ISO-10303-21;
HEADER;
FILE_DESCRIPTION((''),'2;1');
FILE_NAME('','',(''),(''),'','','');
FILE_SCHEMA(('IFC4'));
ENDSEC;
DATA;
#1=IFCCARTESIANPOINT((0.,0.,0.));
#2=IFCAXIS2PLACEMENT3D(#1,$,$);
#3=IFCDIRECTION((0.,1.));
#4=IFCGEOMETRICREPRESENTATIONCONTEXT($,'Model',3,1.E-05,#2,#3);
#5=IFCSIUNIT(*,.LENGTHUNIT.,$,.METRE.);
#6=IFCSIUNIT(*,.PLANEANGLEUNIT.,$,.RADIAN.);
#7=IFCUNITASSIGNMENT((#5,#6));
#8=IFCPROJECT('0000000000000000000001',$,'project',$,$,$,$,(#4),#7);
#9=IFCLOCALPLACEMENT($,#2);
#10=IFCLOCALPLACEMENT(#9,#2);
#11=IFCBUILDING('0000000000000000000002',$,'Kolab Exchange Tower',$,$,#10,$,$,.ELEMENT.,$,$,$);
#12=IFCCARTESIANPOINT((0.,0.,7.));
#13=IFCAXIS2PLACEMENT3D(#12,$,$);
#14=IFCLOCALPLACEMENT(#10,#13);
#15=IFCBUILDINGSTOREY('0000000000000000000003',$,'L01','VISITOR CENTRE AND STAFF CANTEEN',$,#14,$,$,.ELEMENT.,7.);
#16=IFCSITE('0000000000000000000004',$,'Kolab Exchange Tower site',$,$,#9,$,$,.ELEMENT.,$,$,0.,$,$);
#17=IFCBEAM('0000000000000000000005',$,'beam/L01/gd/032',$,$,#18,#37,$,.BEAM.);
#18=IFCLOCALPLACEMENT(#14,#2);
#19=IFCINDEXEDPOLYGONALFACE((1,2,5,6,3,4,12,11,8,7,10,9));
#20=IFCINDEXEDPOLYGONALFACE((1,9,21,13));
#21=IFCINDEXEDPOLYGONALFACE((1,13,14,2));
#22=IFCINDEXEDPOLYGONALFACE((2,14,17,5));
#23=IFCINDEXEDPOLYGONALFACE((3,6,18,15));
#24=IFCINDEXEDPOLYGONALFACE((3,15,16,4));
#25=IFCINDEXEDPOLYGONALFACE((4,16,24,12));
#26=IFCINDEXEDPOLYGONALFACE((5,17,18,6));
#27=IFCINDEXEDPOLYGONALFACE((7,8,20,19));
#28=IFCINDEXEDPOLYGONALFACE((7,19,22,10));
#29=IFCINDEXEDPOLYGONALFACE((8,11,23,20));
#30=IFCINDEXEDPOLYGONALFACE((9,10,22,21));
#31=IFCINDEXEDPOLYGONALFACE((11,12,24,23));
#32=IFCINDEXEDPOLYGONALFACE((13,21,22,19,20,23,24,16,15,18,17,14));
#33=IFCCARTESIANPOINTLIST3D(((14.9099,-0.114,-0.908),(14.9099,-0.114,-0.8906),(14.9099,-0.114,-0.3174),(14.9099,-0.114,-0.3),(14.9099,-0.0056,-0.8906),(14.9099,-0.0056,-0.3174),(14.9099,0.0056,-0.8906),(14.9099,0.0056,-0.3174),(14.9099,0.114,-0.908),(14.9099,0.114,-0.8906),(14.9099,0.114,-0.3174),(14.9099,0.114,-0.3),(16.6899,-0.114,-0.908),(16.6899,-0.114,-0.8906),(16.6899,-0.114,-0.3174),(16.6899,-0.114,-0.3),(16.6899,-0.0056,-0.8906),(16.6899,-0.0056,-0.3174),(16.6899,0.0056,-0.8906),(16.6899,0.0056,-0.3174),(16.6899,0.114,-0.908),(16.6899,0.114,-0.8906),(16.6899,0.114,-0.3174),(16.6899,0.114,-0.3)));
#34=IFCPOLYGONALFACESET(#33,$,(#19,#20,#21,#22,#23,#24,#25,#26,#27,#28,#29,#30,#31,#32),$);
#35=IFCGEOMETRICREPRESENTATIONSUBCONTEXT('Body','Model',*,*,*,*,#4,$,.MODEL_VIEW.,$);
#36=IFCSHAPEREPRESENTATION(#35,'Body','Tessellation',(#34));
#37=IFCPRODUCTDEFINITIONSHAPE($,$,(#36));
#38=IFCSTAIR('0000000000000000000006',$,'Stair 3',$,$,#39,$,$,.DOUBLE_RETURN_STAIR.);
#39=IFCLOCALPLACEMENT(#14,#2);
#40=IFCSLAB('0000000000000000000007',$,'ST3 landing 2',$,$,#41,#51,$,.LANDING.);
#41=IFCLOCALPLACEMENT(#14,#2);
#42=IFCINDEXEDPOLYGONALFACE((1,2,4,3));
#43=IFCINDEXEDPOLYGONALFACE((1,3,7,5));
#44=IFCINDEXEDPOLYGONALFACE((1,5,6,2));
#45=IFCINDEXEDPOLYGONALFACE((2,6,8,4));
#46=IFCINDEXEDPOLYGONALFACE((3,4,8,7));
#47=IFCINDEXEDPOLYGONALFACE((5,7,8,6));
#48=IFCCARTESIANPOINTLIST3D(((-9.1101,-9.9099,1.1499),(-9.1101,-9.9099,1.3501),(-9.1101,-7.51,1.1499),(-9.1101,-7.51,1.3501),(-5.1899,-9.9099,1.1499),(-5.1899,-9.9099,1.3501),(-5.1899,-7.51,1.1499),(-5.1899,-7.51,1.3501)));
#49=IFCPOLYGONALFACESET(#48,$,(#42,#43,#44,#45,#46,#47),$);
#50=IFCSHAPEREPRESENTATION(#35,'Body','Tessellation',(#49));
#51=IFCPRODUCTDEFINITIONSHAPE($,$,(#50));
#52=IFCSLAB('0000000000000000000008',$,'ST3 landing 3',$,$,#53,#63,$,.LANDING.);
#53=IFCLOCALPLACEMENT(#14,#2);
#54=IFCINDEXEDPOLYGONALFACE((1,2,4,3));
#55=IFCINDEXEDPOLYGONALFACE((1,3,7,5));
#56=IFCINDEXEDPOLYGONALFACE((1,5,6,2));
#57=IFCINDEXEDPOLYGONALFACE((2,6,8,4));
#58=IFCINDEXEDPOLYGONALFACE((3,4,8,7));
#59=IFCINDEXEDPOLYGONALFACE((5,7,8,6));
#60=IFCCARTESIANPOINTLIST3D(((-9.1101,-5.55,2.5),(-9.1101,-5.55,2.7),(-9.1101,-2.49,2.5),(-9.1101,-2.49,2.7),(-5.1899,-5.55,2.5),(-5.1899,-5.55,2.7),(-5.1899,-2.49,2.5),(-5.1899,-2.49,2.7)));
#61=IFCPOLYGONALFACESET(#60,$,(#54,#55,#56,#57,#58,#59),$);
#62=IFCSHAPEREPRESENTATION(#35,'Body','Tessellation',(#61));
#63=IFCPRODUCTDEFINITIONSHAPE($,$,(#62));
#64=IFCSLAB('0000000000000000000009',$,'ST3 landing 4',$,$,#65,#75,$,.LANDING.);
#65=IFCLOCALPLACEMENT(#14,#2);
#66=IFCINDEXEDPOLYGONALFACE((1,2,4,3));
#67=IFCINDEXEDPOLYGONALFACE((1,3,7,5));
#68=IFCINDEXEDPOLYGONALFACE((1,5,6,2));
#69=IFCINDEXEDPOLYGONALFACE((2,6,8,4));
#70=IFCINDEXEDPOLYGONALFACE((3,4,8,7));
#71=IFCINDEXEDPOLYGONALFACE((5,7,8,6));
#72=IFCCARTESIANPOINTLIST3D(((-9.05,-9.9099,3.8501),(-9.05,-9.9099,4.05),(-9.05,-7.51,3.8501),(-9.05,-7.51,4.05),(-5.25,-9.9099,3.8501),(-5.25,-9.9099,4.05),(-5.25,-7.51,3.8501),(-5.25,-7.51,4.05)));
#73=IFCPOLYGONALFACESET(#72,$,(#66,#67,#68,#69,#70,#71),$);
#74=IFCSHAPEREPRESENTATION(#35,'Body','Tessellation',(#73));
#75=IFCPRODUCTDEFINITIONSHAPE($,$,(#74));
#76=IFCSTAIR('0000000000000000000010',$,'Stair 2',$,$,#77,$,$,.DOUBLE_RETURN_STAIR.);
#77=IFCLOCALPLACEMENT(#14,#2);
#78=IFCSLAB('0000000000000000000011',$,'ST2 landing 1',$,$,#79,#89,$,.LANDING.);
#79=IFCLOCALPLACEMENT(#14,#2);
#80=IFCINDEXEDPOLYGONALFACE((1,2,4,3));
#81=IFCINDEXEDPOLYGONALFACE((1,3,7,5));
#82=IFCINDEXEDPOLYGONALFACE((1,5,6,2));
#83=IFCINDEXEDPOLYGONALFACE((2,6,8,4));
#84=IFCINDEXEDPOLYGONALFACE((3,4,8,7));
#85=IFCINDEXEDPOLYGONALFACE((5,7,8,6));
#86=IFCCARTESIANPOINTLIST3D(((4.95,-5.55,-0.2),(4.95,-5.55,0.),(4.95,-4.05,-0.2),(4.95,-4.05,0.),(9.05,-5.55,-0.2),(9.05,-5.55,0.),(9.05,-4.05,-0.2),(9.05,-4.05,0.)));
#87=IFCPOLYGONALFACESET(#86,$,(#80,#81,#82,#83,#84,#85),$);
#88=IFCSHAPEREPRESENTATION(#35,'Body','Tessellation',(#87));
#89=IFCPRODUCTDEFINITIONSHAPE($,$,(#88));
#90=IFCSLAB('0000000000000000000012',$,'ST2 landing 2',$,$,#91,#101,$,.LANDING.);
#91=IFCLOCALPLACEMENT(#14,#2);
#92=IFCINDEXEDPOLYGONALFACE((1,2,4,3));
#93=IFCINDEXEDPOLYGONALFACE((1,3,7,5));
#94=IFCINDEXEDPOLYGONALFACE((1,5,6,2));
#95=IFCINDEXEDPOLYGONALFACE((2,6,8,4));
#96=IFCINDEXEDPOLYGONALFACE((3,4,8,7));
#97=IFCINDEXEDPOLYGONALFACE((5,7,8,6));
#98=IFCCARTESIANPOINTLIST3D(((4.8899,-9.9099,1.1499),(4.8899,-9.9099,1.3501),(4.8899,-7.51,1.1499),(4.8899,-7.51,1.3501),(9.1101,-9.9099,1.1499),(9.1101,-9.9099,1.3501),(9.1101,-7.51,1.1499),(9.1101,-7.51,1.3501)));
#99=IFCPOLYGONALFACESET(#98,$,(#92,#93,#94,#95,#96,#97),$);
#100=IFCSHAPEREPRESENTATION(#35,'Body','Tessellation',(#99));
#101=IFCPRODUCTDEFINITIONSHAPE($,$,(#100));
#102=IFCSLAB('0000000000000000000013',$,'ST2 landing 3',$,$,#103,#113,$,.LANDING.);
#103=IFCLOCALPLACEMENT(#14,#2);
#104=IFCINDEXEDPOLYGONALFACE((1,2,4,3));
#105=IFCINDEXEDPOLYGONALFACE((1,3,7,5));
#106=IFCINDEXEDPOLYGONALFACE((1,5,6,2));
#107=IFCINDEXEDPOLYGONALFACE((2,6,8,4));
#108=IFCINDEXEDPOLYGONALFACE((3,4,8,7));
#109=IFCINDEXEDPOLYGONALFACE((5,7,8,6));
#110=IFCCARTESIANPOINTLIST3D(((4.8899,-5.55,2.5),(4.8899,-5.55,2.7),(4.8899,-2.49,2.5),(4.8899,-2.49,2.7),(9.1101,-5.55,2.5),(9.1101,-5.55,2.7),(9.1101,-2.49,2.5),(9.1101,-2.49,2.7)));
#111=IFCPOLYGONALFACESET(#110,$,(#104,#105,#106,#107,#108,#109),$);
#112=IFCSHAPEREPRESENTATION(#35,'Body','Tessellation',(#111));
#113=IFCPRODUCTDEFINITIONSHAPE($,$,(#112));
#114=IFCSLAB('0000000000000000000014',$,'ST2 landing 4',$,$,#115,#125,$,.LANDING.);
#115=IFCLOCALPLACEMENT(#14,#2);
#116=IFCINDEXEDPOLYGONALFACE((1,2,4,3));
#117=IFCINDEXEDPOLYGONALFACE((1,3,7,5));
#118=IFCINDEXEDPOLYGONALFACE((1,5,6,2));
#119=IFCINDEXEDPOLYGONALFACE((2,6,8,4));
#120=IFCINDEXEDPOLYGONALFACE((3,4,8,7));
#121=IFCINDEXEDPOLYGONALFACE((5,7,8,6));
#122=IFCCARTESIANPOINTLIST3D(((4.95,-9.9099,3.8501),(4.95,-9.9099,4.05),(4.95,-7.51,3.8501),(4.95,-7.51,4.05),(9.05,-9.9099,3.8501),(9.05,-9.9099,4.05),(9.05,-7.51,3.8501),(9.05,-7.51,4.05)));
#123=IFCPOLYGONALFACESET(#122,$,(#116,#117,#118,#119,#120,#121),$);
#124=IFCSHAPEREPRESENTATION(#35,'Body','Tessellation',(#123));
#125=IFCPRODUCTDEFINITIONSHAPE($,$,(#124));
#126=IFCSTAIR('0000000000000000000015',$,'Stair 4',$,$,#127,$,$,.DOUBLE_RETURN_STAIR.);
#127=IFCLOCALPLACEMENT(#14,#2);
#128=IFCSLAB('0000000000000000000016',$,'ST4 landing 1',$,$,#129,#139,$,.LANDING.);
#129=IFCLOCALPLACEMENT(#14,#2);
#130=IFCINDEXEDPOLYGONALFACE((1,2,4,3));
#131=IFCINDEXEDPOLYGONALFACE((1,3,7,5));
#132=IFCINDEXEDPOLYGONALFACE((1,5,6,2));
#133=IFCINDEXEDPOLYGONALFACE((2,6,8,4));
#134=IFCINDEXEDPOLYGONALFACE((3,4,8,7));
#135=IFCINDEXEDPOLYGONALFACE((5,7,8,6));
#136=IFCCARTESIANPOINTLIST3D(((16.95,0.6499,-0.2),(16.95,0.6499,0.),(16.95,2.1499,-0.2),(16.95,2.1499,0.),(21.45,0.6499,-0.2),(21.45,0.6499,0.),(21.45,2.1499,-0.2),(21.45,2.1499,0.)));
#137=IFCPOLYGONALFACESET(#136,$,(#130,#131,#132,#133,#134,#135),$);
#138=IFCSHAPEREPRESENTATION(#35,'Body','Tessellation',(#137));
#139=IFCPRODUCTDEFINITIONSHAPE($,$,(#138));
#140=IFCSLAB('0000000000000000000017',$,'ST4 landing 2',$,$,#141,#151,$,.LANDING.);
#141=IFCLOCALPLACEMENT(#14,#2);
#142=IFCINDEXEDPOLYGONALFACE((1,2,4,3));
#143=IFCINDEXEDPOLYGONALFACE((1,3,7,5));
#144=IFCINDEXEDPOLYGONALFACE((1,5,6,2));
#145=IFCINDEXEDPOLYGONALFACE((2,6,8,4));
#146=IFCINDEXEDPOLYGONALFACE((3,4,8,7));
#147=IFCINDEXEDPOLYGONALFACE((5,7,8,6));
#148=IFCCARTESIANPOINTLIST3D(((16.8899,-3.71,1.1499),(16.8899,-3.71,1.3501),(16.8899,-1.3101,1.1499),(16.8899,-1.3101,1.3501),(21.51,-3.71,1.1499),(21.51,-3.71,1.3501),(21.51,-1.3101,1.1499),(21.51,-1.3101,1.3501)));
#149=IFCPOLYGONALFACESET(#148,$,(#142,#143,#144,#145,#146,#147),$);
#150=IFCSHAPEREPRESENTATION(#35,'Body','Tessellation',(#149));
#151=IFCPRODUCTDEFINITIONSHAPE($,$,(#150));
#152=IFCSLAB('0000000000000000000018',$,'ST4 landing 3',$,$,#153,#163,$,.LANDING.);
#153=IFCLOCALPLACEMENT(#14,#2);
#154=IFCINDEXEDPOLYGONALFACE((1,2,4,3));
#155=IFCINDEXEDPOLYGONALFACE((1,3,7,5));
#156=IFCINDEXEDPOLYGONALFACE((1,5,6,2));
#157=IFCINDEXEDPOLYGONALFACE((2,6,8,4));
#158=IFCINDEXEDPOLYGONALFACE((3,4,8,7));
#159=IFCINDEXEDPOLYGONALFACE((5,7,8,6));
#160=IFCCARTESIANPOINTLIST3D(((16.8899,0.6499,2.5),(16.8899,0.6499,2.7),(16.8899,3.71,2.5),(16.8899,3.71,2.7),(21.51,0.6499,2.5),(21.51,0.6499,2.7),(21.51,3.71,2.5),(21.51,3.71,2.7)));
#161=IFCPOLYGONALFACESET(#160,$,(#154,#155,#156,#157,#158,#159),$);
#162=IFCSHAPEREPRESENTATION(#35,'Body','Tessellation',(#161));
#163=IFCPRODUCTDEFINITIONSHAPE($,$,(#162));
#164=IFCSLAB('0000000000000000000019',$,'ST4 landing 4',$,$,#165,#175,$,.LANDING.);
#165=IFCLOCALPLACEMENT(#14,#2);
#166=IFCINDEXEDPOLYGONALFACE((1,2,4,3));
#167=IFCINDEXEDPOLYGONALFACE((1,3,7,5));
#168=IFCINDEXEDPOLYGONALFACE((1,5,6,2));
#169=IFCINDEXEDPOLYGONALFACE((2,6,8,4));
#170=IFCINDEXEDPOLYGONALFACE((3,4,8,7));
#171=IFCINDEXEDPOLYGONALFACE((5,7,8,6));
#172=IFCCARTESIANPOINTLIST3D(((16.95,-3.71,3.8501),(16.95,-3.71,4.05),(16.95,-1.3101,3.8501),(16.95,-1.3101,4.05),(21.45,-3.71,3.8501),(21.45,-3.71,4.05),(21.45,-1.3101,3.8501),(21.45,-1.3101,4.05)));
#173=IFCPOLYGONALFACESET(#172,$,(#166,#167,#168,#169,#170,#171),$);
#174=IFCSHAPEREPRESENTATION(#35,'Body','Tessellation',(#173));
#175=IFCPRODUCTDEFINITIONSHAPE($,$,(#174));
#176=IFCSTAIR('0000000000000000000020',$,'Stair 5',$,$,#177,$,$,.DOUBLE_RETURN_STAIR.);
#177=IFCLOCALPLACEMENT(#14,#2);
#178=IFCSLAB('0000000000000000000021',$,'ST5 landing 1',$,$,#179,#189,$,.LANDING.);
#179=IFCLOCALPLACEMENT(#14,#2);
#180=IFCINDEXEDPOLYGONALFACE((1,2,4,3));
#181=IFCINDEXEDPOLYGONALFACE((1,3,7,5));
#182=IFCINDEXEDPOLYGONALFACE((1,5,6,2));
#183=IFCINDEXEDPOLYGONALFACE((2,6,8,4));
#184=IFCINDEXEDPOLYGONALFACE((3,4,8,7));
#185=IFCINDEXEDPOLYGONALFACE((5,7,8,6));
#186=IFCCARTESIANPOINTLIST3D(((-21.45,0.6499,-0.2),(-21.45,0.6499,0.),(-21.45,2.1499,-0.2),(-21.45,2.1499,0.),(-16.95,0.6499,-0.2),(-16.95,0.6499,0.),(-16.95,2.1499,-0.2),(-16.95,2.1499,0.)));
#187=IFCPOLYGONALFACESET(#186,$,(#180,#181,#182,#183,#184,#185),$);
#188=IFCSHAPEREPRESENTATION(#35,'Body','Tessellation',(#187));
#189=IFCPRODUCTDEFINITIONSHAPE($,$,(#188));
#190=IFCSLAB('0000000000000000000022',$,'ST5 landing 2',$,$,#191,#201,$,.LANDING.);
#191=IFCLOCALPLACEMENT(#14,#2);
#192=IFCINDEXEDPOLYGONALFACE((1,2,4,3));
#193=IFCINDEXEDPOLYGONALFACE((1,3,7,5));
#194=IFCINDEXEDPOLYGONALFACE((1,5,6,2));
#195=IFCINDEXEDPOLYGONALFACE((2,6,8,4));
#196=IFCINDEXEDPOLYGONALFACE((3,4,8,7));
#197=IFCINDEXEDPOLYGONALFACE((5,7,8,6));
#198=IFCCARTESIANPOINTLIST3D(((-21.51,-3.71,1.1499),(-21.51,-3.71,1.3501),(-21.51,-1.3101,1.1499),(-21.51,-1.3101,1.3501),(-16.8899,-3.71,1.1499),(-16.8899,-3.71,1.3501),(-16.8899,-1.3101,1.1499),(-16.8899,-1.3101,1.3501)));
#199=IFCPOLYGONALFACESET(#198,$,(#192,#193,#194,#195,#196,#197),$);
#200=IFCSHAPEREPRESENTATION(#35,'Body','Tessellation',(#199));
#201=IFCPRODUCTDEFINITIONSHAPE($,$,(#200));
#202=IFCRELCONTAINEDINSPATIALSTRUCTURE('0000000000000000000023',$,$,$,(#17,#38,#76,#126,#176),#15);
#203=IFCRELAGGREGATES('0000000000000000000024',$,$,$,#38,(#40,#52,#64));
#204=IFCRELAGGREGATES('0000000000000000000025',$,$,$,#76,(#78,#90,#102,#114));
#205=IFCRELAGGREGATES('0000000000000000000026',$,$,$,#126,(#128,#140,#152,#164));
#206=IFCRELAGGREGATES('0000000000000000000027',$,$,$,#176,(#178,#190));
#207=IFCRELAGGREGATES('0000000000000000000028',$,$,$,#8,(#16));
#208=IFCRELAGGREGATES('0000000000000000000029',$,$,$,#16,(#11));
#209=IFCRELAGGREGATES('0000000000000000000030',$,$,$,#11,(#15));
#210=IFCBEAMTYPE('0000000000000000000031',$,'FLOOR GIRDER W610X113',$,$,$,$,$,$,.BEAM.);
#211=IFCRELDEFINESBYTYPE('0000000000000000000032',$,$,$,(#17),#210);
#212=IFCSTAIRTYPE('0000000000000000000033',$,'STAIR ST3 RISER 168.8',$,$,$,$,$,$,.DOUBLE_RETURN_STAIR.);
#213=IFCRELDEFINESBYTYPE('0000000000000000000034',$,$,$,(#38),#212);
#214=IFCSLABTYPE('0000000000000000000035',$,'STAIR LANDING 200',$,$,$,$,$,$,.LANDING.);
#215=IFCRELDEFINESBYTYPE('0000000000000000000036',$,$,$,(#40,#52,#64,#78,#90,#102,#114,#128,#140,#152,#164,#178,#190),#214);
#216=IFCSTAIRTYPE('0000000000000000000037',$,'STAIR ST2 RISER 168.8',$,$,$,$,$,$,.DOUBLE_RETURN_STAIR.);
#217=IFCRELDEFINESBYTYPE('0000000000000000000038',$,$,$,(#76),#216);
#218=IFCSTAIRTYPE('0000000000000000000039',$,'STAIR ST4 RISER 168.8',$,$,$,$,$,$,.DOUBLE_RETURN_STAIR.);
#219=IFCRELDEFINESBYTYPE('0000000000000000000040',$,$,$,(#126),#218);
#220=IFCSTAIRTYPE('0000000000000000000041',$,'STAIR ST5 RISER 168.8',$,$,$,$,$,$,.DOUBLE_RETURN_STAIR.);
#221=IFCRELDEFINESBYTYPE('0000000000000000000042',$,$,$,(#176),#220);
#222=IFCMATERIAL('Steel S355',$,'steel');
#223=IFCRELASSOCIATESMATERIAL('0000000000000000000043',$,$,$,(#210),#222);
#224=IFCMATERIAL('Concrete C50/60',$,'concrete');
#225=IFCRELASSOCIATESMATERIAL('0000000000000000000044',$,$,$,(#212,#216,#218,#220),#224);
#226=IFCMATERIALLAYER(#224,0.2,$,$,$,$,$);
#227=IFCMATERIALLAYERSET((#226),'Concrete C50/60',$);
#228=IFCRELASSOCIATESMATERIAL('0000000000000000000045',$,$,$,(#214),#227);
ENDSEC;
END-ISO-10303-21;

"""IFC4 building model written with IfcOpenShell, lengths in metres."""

from ifc_helpers import new_model, si_unit, direction, frame, origin, origin_2d, place, context, subcontext, project, spatial, polyline, i_section, outline, extrude, material, layer, layer_set, material_profile, profile_set, type_object, element, aggregate, save


model = new_model("IFC4")

# Units and contexts
model_context = context("Model", 3, precision=1e-05, world=origin(), true_north=direction((0.0, 1.0)))
body_context = subcontext(model_context, "Body", "Model", "MODEL_VIEW")
ifc_project = project(units=[si_unit("LENGTHUNIT", "METRE"), si_unit("PLANEANGLEUNIT", "RADIAN")], contexts=[model_context])

# Site, building, storey
site_placement = place(None, origin())
site = spatial("IfcSite", under=ifc_project, at=site_placement, Name="Kolab Exchange Tower site", CompositionType="ELEMENT", RefElevation=0.0)
building_placement = place(site_placement, origin())
building = spatial("IfcBuilding", under=site, at=building_placement, Name="Kolab Exchange Tower", CompositionType="ELEMENT")
storey_placement = place(building_placement, frame((0.0, 0.0, 7.0)))
storey = spatial("IfcBuildingStorey", under=building, at=storey_placement, Name="L01", Description="VISITOR CENTRE AND STAFF CANTEEN", CompositionType="ELEMENT", Elevation=7.0)

# Beam
ifc_material_1 = material(Name="Steel S355", Category="steel")
ifc_material_profile = material_profile(ifc_material_1, i_section(OverallWidth=0.228, OverallDepth=0.6079, WebThickness=0.0112, FlangeThickness=0.0173, at=origin_2d()), Name="W610X113")
ifc_profile_set = profile_set([ifc_material_profile], Name="Steel S355")
beam_type = type_object("IfcBeamType", Name="FLOOR GIRDER W610X113", PredefinedType="BEAM", material=ifc_profile_set)
beam_placement = place(storey_placement, frame((14.9099, 0.0, -0.604), z_axis=(1.0, 0.0, 0.0), x_axis=(0.0, 1.0, 0.0)))
element("IfcBeam", 1, at=beam_placement, inside=storey, type_object=beam_type, Name="beam/L01/gd/032", PredefinedType="BEAM", context=body_context, shape_type="SweptSolid", body=[
    extrude(i_section(OverallWidth=0.228, OverallDepth=0.6079, WebThickness=0.0112, FlangeThickness=0.0173, at=origin_2d()), origin(), (0.0, 0.0, 1.0), 1.78),
])

# Stairs, slabs
ifc_material_2 = material(Name="Concrete C50/60", Category="concrete")
stair_type_1 = type_object("IfcStairType", Name="STAIR ST3 RISER 168.8", PredefinedType="DOUBLE_RETURN_STAIR", material=ifc_material_2)
stair_1_placement = place(storey_placement, origin())
stair_1 = element("IfcStair", 2, at=stair_1_placement, inside=storey, type_object=stair_type_1, Name="Stair 3", PredefinedType="DOUBLE_RETURN_STAIR")
ifc_layer_1 = layer(ifc_material_2, 0.2)
ifc_layer_set_1 = layer_set([ifc_layer_1], Name="Concrete C50/60")
slab_type = type_object("IfcSlabType", Name="STAIR LANDING 200", PredefinedType="LANDING", material=ifc_layer_set_1)
slab_1_placement = place(storey_placement, frame((0.0, 0.0, 1.1499)))
slab_1 = element("IfcSlab", 3, at=slab_1_placement, type_object=slab_type, Name="ST3 landing 2", PredefinedType="LANDING", context=body_context, shape_type="SweptSolid", body=[
    extrude(outline(polyline([(-9.1101, -9.9099), (-5.1899, -9.9099), (-5.1899, -7.51), (-9.1101, -7.51), (-9.1101, -9.9099)])), origin(), (0.0, 0.0, 1.0), 0.2002),
])
slab_2_placement = place(storey_placement, frame((0.0, 0.0, 2.5)))
slab_2 = element("IfcSlab", 4, at=slab_2_placement, type_object=slab_type, Name="ST3 landing 3", PredefinedType="LANDING", context=body_context, shape_type="SweptSolid", body=[
    extrude(outline(polyline([(-9.1101, -5.55), (-5.1899, -5.55), (-5.1899, -2.49), (-9.1101, -2.49), (-9.1101, -5.55)])), origin(), (0.0, 0.0, 1.0), 0.2),
])
slab_3_placement = place(storey_placement, frame((0.0, 0.0, 3.8501)))
slab_3 = element("IfcSlab", 5, at=slab_3_placement, type_object=slab_type, Name="ST3 landing 4", PredefinedType="LANDING", context=body_context, shape_type="SweptSolid", body=[
    extrude(outline(polyline([(-9.05, -9.9099), (-5.25, -9.9099), (-5.25, -7.51), (-9.05, -7.51), (-9.05, -9.9099)])), origin(), (0.0, 0.0, 1.0), 0.2),
])
aggregate(stair_1, [slab_1, slab_2, slab_3])
stair_type_2 = type_object("IfcStairType", Name="STAIR ST2 RISER 168.8", PredefinedType="DOUBLE_RETURN_STAIR", material=ifc_material_2)
stair_2_placement = place(storey_placement, origin())
stair_2 = element("IfcStair", 6, at=stair_2_placement, inside=storey, type_object=stair_type_2, Name="Stair 2", PredefinedType="DOUBLE_RETURN_STAIR")
slab_4_placement = place(storey_placement, frame((0.0, 0.0, -0.2)))
slab_4 = element("IfcSlab", 7, at=slab_4_placement, type_object=slab_type, Name="ST2 landing 1", PredefinedType="LANDING", context=body_context, shape_type="SweptSolid", body=[
    extrude(outline(polyline([(4.95, -5.55), (9.05, -5.55), (9.05, -4.05), (4.95, -4.05), (4.95, -5.55)])), origin(), (0.0, 0.0, 1.0), 0.2),
])
slab_5_placement = place(storey_placement, frame((0.0, 0.0, 1.1499)))
slab_5 = element("IfcSlab", 8, at=slab_5_placement, type_object=slab_type, Name="ST2 landing 2", PredefinedType="LANDING", context=body_context, shape_type="SweptSolid", body=[
    extrude(outline(polyline([(4.8899, -9.9099), (9.1101, -9.9099), (9.1101, -7.51), (4.8899, -7.51), (4.8899, -9.9099)])), origin(), (0.0, 0.0, 1.0), 0.2002),
])
slab_6_placement = place(storey_placement, frame((0.0, 0.0, 2.5)))
slab_6 = element("IfcSlab", 9, at=slab_6_placement, type_object=slab_type, Name="ST2 landing 3", PredefinedType="LANDING", context=body_context, shape_type="SweptSolid", body=[
    extrude(outline(polyline([(4.8899, -5.55), (9.1101, -5.55), (9.1101, -2.49), (4.8899, -2.49), (4.8899, -5.55)])), origin(), (0.0, 0.0, 1.0), 0.2),
])
slab_7_placement = place(storey_placement, frame((0.0, 0.0, 3.8501)))
slab_7 = element("IfcSlab", 10, at=slab_7_placement, type_object=slab_type, Name="ST2 landing 4", PredefinedType="LANDING", context=body_context, shape_type="SweptSolid", body=[
    extrude(outline(polyline([(4.95, -9.9099), (9.05, -9.9099), (9.05, -7.51), (4.95, -7.51), (4.95, -9.9099)])), origin(), (0.0, 0.0, 1.0), 0.2),
])
aggregate(stair_2, [slab_4, slab_5, slab_6, slab_7])
stair_type_3 = type_object("IfcStairType", Name="STAIR ST4 RISER 168.8", PredefinedType="DOUBLE_RETURN_STAIR", material=ifc_material_2)
stair_3_placement = place(storey_placement, origin())
stair_3 = element("IfcStair", 11, at=stair_3_placement, inside=storey, type_object=stair_type_3, Name="Stair 4", PredefinedType="DOUBLE_RETURN_STAIR")
slab_8_placement = place(storey_placement, frame((0.0, 0.0, -0.2)))
slab_8 = element("IfcSlab", 12, at=slab_8_placement, type_object=slab_type, Name="ST4 landing 1", PredefinedType="LANDING", context=body_context, shape_type="SweptSolid", body=[
    extrude(outline(polyline([(16.95, 0.6499), (21.45, 0.6499), (21.45, 2.1499), (16.95, 2.1499), (16.95, 0.6499)])), origin(), (0.0, 0.0, 1.0), 0.2),
])
slab_9_placement = place(storey_placement, frame((0.0, 0.0, 1.1499)))
slab_9 = element("IfcSlab", 13, at=slab_9_placement, type_object=slab_type, Name="ST4 landing 2", PredefinedType="LANDING", context=body_context, shape_type="SweptSolid", body=[
    extrude(outline(polyline([(16.8899, -3.71), (21.51, -3.71), (21.51, -1.3101), (16.8899, -1.3101), (16.8899, -3.71)])), origin(), (0.0, 0.0, 1.0), 0.2002),
])
slab_10_placement = place(storey_placement, frame((0.0, 0.0, 2.5)))
slab_10 = element("IfcSlab", 14, at=slab_10_placement, type_object=slab_type, Name="ST4 landing 3", PredefinedType="LANDING", context=body_context, shape_type="SweptSolid", body=[
    extrude(outline(polyline([(16.8899, 0.6499), (21.51, 0.6499), (21.51, 3.71), (16.8899, 3.71), (16.8899, 0.6499)])), origin(), (0.0, 0.0, 1.0), 0.2),
])
slab_11_placement = place(storey_placement, frame((0.0, 0.0, 3.8501)))
slab_11 = element("IfcSlab", 15, at=slab_11_placement, type_object=slab_type, Name="ST4 landing 4", PredefinedType="LANDING", context=body_context, shape_type="SweptSolid", body=[
    extrude(outline(polyline([(16.95, -3.71), (21.45, -3.71), (21.45, -1.3101), (16.95, -1.3101), (16.95, -3.71)])), origin(), (0.0, 0.0, 1.0), 0.2),
])
aggregate(stair_3, [slab_8, slab_9, slab_10, slab_11])
stair_type_4 = type_object("IfcStairType", Name="STAIR ST5 RISER 168.8", PredefinedType="DOUBLE_RETURN_STAIR", material=ifc_material_2)
stair_4_placement = place(storey_placement, origin())
stair_4 = element("IfcStair", 16, at=stair_4_placement, inside=storey, type_object=stair_type_4, Name="Stair 5", PredefinedType="DOUBLE_RETURN_STAIR")
slab_12_placement = place(storey_placement, frame((0.0, 0.0, -0.2)))
slab_12 = element("IfcSlab", 17, at=slab_12_placement, type_object=slab_type, Name="ST5 landing 1", PredefinedType="LANDING", context=body_context, shape_type="SweptSolid", body=[
    extrude(outline(polyline([(-21.45, 0.6499), (-16.95, 0.6499), (-16.95, 2.1499), (-21.45, 2.1499), (-21.45, 0.6499)])), origin(), (0.0, 0.0, 1.0), 0.2),
])
slab_13_placement = place(storey_placement, frame((0.0, 0.0, 1.1499)))
slab_13 = element("IfcSlab", 18, at=slab_13_placement, type_object=slab_type, Name="ST5 landing 2", PredefinedType="LANDING", context=body_context, shape_type="SweptSolid", body=[
    extrude(outline(polyline([(-21.51, -3.71), (-16.8899, -3.71), (-16.8899, -1.3101), (-21.51, -1.3101), (-21.51, -3.71)])), origin(), (0.0, 0.0, 1.0), 0.2002),
])
aggregate(stair_4, [slab_12, slab_13])

save(model, "model.ifc")
